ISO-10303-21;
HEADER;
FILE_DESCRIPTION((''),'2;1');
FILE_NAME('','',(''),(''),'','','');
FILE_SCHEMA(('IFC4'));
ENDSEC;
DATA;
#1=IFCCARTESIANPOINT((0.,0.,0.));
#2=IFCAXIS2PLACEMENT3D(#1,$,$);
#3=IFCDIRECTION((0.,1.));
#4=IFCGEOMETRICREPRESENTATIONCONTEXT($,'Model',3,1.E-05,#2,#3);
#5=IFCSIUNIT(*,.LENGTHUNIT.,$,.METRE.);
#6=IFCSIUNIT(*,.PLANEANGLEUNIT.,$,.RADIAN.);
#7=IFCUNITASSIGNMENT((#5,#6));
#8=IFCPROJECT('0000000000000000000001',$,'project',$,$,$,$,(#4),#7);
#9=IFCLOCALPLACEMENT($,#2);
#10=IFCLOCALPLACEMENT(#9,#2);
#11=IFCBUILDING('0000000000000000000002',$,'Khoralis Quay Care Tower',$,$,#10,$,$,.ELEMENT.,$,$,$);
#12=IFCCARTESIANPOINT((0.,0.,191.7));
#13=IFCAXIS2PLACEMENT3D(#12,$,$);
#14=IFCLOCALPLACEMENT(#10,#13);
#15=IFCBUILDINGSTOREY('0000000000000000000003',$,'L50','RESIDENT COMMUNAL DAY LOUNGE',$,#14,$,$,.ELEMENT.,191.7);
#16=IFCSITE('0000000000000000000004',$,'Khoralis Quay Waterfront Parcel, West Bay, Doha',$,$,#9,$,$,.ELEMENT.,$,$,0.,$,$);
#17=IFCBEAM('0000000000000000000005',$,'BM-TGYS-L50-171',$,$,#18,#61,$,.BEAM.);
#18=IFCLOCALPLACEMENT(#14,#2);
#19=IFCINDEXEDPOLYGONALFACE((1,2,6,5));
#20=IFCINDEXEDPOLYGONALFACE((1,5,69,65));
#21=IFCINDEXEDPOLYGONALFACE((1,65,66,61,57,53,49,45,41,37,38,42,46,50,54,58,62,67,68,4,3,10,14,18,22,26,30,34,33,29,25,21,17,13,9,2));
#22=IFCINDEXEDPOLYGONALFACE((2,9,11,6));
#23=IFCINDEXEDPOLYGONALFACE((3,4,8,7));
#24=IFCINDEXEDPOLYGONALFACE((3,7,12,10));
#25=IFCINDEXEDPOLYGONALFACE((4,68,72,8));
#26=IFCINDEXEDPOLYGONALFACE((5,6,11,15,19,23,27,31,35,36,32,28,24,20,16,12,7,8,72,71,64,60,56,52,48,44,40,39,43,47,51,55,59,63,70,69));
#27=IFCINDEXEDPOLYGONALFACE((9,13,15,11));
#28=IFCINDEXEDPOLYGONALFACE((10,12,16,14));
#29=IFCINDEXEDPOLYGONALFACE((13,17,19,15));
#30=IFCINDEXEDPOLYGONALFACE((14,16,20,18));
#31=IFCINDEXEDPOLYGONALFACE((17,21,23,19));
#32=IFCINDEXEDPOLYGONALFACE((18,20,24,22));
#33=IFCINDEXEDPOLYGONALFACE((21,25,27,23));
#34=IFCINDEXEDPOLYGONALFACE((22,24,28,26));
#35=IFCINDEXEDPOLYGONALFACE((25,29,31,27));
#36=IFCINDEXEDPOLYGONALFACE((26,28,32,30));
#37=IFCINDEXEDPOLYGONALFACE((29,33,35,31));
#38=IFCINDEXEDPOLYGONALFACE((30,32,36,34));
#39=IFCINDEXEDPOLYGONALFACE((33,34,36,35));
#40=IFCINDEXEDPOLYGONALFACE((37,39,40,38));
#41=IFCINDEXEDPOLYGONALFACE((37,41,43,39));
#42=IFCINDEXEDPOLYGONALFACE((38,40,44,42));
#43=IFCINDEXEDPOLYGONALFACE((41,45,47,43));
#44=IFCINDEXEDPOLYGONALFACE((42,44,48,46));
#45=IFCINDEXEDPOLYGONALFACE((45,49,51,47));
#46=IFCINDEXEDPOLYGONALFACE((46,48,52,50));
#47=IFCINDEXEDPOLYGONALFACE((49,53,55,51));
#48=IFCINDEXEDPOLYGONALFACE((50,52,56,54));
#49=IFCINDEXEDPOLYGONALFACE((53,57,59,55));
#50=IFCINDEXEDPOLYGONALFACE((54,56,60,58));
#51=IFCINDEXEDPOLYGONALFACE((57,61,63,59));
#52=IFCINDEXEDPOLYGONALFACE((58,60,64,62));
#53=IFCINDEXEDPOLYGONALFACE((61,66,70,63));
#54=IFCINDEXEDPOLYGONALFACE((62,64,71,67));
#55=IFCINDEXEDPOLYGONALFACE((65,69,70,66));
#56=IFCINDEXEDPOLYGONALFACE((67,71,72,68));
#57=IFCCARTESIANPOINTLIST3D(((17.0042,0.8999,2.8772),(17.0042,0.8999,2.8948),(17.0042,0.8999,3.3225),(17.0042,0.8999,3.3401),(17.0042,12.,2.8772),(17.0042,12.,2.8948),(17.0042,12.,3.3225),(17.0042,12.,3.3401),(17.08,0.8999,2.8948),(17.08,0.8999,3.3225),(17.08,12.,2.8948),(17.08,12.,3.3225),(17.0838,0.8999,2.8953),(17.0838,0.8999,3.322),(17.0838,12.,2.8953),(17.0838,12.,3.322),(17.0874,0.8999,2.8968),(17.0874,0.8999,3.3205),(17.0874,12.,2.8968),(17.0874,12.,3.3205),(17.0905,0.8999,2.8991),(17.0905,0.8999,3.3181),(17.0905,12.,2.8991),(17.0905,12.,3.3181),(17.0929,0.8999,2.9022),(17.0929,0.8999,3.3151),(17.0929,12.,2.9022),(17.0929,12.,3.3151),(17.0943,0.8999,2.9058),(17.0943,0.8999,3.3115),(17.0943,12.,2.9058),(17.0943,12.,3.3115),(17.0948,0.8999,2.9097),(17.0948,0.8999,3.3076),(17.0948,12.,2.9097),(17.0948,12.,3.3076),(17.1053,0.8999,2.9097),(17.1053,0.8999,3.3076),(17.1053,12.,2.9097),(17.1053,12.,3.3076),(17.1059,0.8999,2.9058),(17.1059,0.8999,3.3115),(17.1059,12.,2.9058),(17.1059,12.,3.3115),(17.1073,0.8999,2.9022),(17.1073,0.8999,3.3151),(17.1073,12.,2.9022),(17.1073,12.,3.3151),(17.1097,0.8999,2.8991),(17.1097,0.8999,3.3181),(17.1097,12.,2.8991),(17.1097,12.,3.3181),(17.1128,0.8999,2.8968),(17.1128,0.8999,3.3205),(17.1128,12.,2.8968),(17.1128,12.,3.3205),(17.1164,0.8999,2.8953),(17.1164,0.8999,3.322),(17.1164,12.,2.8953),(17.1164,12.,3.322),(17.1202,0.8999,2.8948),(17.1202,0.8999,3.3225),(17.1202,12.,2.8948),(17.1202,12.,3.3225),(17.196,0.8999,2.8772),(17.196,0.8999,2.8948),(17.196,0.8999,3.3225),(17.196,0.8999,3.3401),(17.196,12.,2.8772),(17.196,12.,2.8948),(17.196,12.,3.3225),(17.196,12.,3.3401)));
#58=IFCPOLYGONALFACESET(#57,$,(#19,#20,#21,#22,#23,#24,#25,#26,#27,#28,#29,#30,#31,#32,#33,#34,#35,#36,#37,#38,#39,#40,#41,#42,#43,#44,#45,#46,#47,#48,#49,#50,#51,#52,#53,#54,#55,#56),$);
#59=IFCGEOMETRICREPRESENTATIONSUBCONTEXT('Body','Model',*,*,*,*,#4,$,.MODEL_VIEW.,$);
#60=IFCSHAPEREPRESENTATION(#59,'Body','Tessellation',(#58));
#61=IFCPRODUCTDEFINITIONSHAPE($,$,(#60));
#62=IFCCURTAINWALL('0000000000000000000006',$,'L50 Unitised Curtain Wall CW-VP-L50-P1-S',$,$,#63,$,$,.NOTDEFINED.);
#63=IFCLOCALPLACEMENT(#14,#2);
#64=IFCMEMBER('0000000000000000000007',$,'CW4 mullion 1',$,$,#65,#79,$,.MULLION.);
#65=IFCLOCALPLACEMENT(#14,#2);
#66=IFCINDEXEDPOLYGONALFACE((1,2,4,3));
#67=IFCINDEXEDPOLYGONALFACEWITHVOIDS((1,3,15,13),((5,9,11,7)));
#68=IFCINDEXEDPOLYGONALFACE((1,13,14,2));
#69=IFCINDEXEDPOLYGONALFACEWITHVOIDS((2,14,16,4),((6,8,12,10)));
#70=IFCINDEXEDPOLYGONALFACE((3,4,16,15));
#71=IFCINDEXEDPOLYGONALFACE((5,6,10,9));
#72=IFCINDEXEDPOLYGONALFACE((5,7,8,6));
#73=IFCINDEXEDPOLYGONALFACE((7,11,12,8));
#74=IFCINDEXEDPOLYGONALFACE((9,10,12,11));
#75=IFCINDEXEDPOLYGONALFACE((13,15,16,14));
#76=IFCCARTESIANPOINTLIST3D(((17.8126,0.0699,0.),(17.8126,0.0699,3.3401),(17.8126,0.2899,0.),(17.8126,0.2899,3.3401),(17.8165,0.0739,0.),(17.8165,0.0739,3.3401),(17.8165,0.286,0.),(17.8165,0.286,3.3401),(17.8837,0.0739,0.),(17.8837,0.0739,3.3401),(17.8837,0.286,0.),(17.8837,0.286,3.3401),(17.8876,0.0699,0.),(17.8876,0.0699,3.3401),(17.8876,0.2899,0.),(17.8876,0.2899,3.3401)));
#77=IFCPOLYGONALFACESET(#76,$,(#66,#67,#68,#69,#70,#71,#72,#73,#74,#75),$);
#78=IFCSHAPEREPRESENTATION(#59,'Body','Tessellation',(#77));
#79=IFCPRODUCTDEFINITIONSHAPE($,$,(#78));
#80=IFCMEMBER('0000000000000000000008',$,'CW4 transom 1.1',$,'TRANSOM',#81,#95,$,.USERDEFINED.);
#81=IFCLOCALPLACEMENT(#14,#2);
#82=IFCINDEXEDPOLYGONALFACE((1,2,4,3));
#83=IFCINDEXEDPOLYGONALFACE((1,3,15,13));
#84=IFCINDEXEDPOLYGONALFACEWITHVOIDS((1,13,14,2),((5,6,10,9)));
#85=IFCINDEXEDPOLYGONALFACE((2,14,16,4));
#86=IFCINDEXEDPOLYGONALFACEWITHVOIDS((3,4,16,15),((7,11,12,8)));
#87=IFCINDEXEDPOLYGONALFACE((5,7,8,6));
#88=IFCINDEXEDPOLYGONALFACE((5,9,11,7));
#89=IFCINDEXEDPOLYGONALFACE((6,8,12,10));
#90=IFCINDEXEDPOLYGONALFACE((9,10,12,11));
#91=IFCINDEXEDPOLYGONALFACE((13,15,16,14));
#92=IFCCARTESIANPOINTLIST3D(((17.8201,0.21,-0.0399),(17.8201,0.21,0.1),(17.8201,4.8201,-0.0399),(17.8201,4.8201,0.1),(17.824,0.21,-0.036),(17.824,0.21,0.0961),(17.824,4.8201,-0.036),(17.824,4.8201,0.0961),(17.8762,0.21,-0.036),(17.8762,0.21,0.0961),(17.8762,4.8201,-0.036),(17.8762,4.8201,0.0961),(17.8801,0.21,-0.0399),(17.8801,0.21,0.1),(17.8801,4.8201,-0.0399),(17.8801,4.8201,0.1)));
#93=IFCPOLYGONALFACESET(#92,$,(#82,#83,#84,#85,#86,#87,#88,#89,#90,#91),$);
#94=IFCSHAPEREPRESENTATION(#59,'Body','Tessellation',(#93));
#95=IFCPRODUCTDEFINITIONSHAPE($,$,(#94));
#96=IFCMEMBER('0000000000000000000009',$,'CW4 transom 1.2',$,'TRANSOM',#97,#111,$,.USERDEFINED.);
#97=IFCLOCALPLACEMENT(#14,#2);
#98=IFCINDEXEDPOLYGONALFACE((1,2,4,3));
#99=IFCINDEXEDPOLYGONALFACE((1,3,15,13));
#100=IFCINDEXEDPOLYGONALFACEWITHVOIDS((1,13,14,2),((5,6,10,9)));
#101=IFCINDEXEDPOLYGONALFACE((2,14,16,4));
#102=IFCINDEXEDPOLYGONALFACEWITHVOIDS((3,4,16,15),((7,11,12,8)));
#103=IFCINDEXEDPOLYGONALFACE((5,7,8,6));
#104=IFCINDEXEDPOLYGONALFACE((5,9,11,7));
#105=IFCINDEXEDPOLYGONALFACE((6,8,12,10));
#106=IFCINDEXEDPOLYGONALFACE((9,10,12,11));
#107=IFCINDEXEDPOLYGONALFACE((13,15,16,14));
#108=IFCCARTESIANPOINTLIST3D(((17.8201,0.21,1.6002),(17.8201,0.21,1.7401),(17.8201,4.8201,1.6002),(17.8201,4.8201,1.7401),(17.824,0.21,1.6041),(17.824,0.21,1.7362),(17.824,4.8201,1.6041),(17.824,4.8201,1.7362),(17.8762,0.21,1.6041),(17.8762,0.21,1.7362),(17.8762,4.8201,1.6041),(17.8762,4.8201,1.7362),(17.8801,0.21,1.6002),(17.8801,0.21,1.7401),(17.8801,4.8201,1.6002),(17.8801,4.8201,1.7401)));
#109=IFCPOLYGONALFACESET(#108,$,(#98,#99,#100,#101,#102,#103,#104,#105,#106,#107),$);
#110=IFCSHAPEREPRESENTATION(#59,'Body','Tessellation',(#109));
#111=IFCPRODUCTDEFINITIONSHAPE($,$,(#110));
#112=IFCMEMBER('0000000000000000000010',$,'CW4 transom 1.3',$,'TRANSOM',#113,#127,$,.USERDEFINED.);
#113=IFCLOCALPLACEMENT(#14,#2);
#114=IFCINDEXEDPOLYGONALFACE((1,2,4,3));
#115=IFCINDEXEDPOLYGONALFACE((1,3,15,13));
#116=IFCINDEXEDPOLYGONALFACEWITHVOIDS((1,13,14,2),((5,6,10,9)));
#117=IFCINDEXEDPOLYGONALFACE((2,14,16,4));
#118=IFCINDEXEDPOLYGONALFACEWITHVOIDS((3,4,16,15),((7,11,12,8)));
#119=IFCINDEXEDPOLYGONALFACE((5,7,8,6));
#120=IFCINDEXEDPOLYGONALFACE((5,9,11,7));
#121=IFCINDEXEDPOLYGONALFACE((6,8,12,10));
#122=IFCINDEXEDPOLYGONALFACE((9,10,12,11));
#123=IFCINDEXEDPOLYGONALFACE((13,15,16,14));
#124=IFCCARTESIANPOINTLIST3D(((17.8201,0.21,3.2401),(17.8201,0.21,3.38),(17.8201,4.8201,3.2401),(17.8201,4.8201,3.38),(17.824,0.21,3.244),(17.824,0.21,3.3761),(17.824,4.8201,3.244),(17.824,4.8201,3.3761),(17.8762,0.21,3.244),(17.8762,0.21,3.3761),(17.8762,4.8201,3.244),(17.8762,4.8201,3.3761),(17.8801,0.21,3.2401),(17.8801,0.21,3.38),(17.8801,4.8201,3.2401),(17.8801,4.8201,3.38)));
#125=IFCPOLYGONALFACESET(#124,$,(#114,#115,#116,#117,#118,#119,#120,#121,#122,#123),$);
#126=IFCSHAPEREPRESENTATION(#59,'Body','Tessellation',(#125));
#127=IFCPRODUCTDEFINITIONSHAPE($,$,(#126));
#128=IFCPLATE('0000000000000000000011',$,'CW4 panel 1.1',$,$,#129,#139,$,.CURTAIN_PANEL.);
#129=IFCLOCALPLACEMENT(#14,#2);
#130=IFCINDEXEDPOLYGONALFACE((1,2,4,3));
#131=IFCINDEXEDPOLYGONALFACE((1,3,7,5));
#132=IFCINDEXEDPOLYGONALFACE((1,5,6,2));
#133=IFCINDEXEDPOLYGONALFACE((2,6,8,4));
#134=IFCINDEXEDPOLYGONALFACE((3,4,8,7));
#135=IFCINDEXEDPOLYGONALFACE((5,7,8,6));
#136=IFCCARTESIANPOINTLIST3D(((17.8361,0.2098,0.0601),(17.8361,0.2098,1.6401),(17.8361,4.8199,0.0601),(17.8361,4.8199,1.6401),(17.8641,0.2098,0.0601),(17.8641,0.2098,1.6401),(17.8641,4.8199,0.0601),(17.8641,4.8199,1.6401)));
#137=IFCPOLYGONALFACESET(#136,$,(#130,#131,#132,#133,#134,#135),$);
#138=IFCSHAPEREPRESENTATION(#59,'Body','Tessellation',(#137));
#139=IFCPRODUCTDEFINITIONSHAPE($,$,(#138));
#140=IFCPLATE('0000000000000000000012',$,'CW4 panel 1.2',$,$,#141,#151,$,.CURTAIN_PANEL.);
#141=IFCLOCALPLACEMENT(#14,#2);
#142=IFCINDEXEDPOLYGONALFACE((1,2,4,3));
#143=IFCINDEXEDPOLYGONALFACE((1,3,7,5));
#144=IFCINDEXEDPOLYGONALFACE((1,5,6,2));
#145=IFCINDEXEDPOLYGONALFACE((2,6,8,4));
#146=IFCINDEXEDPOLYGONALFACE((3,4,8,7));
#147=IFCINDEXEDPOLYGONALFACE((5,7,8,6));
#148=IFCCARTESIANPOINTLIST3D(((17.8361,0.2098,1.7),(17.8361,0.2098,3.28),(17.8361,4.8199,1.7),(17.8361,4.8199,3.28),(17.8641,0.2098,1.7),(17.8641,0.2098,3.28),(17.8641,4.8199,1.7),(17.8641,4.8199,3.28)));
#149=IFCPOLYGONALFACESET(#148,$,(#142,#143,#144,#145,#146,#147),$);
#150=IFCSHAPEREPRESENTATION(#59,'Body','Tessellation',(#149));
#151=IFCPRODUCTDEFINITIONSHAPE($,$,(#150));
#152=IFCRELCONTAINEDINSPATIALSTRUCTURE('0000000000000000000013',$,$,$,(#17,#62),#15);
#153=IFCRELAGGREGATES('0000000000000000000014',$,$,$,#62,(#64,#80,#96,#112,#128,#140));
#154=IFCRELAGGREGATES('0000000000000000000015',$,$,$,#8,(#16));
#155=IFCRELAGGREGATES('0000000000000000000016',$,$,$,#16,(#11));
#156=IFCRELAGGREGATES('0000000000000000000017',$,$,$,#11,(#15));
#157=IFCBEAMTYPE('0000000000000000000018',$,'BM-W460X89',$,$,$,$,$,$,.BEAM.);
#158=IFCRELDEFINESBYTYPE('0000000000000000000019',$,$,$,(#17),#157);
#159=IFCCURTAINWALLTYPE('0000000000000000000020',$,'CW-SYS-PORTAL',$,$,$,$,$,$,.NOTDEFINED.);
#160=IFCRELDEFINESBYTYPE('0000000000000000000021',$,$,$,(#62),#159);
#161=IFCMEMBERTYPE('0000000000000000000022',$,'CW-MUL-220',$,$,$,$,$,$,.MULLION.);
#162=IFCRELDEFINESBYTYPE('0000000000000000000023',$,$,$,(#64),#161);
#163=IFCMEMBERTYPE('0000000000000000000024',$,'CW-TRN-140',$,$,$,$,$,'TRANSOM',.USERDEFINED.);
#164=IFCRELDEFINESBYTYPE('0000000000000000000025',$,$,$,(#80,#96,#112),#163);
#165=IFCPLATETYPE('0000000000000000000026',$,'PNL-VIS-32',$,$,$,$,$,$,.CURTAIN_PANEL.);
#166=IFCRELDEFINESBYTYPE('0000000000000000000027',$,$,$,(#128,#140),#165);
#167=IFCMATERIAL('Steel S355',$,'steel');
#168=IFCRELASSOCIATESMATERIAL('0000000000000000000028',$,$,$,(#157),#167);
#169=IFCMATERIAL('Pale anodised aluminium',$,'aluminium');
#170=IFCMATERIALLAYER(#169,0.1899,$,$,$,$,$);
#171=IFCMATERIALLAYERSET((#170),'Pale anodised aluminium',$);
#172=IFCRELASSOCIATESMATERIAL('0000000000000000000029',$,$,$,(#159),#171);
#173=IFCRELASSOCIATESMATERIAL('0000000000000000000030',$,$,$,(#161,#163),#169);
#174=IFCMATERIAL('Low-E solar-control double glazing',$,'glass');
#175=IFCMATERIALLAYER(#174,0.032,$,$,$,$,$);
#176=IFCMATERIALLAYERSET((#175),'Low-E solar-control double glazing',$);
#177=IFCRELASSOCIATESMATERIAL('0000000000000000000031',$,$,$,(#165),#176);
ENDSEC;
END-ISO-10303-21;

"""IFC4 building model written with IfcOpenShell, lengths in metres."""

from ifc_helpers import new_model, si_unit, direction, frame, origin, origin_2d, place, context, subcontext, project, spatial, rectangle, hollow_rectangle, i_section, extrude, source, transform, mapped, material, layer, layer_set, material_profile, profile_set, type_object, element, aggregate, save


model = new_model("IFC4")

# Units and contexts
model_context = context("Model", 3, precision=1e-05, world=origin(), true_north=direction((0.0, 1.0)))
body_context = subcontext(model_context, "Body", "Model", "MODEL_VIEW")
ifc_project = project(units=[si_unit("LENGTHUNIT", "METRE"), si_unit("PLANEANGLEUNIT", "RADIAN")], contexts=[model_context])

# Site, building, storey
site_placement = place(None, origin())
site = spatial("IfcSite", under=ifc_project, at=site_placement, Name="Khoralis Quay Waterfront Parcel, West Bay, Doha", CompositionType="ELEMENT", RefElevation=0.0)
building_placement = place(site_placement, origin())
building = spatial("IfcBuilding", under=site, at=building_placement, Name="Khoralis Quay Care Tower", CompositionType="ELEMENT")
storey_placement = place(building_placement, frame((0.0, 0.0, 191.7)))
storey = spatial("IfcBuildingStorey", under=building, at=storey_placement, Name="L50", Description="RESIDENT COMMUNAL DAY LOUNGE", CompositionType="ELEMENT", Elevation=191.7)

# Beam
ifc_material_1 = material(Name="Steel S355", Category="steel")
ifc_material_profile_1 = material_profile(ifc_material_1, i_section(OverallWidth=0.1919, OverallDepth=0.4629, WebThickness=0.0105, FlangeThickness=0.0176, FilletRadius=0.0149, at=origin_2d()), Name="Steel S355")
ifc_profile_set_1 = profile_set([ifc_material_profile_1], Name="Steel S355")
beam_type_1 = type_object("IfcBeamType", Name="BM-W460X89", PredefinedType="BEAM", material=ifc_profile_set_1)
shared_shape_1 = source(origin(), body_context, "Body", "SweptSolid", [
    extrude(i_section(OverallWidth=0.1919, OverallDepth=0.4629, WebThickness=0.0105, FlangeThickness=0.0176, FilletRadius=0.0149, at=origin_2d()), origin(), (0.0, 0.0, 1.0), 11.1001),
])
beam_1_placement = place(storey_placement, frame((17.1001, 0.8999, 3.1086), z_axis=(0.0, 1.0, 0.0), x_axis=(-1.0, 0.0, 0.0)))
element("IfcBeam", 1, at=beam_1_placement, inside=storey, type_object=beam_type_1, Name="BM-TGYS-L50-171", PredefinedType="BEAM", context=body_context, shape_type="MappedRepresentation", body=[
    mapped(shared_shape_1, transform((0.0, 0.0, 0.0), scale=1.0)),
])

# Curtain wall, members, plates
ifc_material_2 = material(Name="Pale anodised aluminium", Category="aluminium")
ifc_layer_1 = layer(ifc_material_2, 0.1899)
ifc_layer_set_1 = layer_set([ifc_layer_1], Name="Pale anodised aluminium")
curtain_wall_type = type_object("IfcCurtainWallType", Name="CW-SYS-PORTAL", PredefinedType="NOTDEFINED", material=ifc_layer_set_1)
curtain_wall_placement = place(storey_placement, origin())
curtain_wall = element("IfcCurtainWall", 2, at=curtain_wall_placement, inside=storey, type_object=curtain_wall_type, Name="L50 Unitised Curtain Wall CW-VP-L50-P1-S", PredefinedType="NOTDEFINED")
ifc_material_profile_2 = material_profile(ifc_material_2, hollow_rectangle(XDim=0.075, YDim=0.22, WallThickness=0.0039, at=origin_2d()), Name="Pale anodised aluminium")
ifc_profile_set_2 = profile_set([ifc_material_profile_2], Name="Pale anodised aluminium")
member_type_1 = type_object("IfcMemberType", Name="CW-MUL-220", PredefinedType="MULLION", material=ifc_profile_set_2)
shared_shape_2 = source(origin(), body_context, "Body", "SweptSolid", [
    extrude(hollow_rectangle(XDim=0.075, YDim=0.22, WallThickness=0.0039, at=origin_2d()), origin(), (0.0, 0.0, 1.0), 3.3401),
])
member_1_placement = place(storey_placement, frame((17.8501, 0.1799, 0.0), z_axis=(0.0, 0.0, 1.0), x_axis=(-1.0, 0.0, 0.0)))
member_1 = element("IfcMember", 3, at=member_1_placement, type_object=member_type_1, Name="CW4 mullion 1", PredefinedType="MULLION", context=body_context, shape_type="MappedRepresentation", body=[
    mapped(shared_shape_2, transform((0.0, 0.0, 0.0), scale=1.0)),
])
ifc_material_profile_3 = material_profile(ifc_material_2, hollow_rectangle(XDim=0.0601, YDim=0.1399, WallThickness=0.0039, at=origin_2d()), Name="Pale anodised aluminium")
ifc_profile_set_3 = profile_set([ifc_material_profile_3], Name="Pale anodised aluminium")
member_type_2 = type_object("IfcMemberType", Name="CW-TRN-140", ElementType="TRANSOM", PredefinedType="USERDEFINED", material=ifc_profile_set_3)
shared_shape_3 = source(origin(), body_context, "Body", "SweptSolid", [
    extrude(hollow_rectangle(XDim=0.0601, YDim=0.1399, WallThickness=0.0039, at=origin_2d()), origin(), (0.0, 0.0, 1.0), 4.6101),
])
member_2_placement = place(storey_placement, frame((17.8501, 0.21, 0.03), z_axis=(0.0, 1.0, 0.0), x_axis=(-1.0, 0.0, 0.0)))
member_2 = element("IfcMember", 4, at=member_2_placement, type_object=member_type_2, Name="CW4 transom 1.1", ObjectType="TRANSOM", PredefinedType="USERDEFINED", context=body_context, shape_type="MappedRepresentation", body=[
    mapped(shared_shape_3, transform((0.0, 0.0, 0.0), scale=1.0)),
])
member_3_placement = place(storey_placement, frame((17.8501, 0.21, 1.6702), z_axis=(0.0, 1.0, 0.0), x_axis=(-1.0, 0.0, 0.0)))
member_3 = element("IfcMember", 5, at=member_3_placement, type_object=member_type_2, Name="CW4 transom 1.2", ObjectType="TRANSOM", PredefinedType="USERDEFINED", context=body_context, shape_type="MappedRepresentation", body=[
    mapped(shared_shape_3, transform((0.0, 0.0, 0.0), scale=1.0)),
])
member_4_placement = place(storey_placement, frame((17.8501, 0.21, 3.3101), z_axis=(0.0, 1.0, 0.0), x_axis=(-1.0, 0.0, 0.0)))
member_4 = element("IfcMember", 6, at=member_4_placement, type_object=member_type_2, Name="CW4 transom 1.3", ObjectType="TRANSOM", PredefinedType="USERDEFINED", context=body_context, shape_type="MappedRepresentation", body=[
    mapped(shared_shape_3, transform((0.0, 0.0, 0.0), scale=1.0)),
])
ifc_material_3 = material(Name="Low-E solar-control double glazing", Category="glass")
ifc_layer_2 = layer(ifc_material_3, 0.032)
ifc_layer_set_2 = layer_set([ifc_layer_2], Name="Low-E solar-control double glazing")
plate_type = type_object("IfcPlateType", Name="PNL-VIS-32", PredefinedType="CURTAIN_PANEL", material=ifc_layer_set_2)
shared_shape_4 = source(origin(), body_context, "Body", "SweptSolid", [
    extrude(rectangle(XDim=4.6101, YDim=0.0281, at=origin_2d()), origin(), (0.0, 0.0, 1.0), 1.5801),
])
plate_1_placement = place(storey_placement, frame((17.8501, 2.5149, 0.0601), z_axis=(0.0, 0.0, 1.0), x_axis=(0.0, 1.0, 0.0)))
plate_1 = element("IfcPlate", 7, at=plate_1_placement, type_object=plate_type, Name="CW4 panel 1.1", PredefinedType="CURTAIN_PANEL", context=body_context, shape_type="MappedRepresentation", body=[
    mapped(shared_shape_4, transform((0.0, 0.0, 0.0), scale=1.0)),
])
plate_2_placement = place(storey_placement, frame((17.8501, 2.5149, 1.7), z_axis=(0.0, 0.0, 1.0), x_axis=(0.0, 1.0, 0.0)))
plate_2 = element("IfcPlate", 8, at=plate_2_placement, type_object=plate_type, Name="CW4 panel 1.2", PredefinedType="CURTAIN_PANEL", context=body_context, shape_type="MappedRepresentation", body=[
    mapped(shared_shape_4, transform((0.0, 0.0, 0.0), scale=1.0)),
])
aggregate(curtain_wall, [member_1, member_2, member_3, member_4, plate_1, plate_2])

save(model, "model.ifc")
